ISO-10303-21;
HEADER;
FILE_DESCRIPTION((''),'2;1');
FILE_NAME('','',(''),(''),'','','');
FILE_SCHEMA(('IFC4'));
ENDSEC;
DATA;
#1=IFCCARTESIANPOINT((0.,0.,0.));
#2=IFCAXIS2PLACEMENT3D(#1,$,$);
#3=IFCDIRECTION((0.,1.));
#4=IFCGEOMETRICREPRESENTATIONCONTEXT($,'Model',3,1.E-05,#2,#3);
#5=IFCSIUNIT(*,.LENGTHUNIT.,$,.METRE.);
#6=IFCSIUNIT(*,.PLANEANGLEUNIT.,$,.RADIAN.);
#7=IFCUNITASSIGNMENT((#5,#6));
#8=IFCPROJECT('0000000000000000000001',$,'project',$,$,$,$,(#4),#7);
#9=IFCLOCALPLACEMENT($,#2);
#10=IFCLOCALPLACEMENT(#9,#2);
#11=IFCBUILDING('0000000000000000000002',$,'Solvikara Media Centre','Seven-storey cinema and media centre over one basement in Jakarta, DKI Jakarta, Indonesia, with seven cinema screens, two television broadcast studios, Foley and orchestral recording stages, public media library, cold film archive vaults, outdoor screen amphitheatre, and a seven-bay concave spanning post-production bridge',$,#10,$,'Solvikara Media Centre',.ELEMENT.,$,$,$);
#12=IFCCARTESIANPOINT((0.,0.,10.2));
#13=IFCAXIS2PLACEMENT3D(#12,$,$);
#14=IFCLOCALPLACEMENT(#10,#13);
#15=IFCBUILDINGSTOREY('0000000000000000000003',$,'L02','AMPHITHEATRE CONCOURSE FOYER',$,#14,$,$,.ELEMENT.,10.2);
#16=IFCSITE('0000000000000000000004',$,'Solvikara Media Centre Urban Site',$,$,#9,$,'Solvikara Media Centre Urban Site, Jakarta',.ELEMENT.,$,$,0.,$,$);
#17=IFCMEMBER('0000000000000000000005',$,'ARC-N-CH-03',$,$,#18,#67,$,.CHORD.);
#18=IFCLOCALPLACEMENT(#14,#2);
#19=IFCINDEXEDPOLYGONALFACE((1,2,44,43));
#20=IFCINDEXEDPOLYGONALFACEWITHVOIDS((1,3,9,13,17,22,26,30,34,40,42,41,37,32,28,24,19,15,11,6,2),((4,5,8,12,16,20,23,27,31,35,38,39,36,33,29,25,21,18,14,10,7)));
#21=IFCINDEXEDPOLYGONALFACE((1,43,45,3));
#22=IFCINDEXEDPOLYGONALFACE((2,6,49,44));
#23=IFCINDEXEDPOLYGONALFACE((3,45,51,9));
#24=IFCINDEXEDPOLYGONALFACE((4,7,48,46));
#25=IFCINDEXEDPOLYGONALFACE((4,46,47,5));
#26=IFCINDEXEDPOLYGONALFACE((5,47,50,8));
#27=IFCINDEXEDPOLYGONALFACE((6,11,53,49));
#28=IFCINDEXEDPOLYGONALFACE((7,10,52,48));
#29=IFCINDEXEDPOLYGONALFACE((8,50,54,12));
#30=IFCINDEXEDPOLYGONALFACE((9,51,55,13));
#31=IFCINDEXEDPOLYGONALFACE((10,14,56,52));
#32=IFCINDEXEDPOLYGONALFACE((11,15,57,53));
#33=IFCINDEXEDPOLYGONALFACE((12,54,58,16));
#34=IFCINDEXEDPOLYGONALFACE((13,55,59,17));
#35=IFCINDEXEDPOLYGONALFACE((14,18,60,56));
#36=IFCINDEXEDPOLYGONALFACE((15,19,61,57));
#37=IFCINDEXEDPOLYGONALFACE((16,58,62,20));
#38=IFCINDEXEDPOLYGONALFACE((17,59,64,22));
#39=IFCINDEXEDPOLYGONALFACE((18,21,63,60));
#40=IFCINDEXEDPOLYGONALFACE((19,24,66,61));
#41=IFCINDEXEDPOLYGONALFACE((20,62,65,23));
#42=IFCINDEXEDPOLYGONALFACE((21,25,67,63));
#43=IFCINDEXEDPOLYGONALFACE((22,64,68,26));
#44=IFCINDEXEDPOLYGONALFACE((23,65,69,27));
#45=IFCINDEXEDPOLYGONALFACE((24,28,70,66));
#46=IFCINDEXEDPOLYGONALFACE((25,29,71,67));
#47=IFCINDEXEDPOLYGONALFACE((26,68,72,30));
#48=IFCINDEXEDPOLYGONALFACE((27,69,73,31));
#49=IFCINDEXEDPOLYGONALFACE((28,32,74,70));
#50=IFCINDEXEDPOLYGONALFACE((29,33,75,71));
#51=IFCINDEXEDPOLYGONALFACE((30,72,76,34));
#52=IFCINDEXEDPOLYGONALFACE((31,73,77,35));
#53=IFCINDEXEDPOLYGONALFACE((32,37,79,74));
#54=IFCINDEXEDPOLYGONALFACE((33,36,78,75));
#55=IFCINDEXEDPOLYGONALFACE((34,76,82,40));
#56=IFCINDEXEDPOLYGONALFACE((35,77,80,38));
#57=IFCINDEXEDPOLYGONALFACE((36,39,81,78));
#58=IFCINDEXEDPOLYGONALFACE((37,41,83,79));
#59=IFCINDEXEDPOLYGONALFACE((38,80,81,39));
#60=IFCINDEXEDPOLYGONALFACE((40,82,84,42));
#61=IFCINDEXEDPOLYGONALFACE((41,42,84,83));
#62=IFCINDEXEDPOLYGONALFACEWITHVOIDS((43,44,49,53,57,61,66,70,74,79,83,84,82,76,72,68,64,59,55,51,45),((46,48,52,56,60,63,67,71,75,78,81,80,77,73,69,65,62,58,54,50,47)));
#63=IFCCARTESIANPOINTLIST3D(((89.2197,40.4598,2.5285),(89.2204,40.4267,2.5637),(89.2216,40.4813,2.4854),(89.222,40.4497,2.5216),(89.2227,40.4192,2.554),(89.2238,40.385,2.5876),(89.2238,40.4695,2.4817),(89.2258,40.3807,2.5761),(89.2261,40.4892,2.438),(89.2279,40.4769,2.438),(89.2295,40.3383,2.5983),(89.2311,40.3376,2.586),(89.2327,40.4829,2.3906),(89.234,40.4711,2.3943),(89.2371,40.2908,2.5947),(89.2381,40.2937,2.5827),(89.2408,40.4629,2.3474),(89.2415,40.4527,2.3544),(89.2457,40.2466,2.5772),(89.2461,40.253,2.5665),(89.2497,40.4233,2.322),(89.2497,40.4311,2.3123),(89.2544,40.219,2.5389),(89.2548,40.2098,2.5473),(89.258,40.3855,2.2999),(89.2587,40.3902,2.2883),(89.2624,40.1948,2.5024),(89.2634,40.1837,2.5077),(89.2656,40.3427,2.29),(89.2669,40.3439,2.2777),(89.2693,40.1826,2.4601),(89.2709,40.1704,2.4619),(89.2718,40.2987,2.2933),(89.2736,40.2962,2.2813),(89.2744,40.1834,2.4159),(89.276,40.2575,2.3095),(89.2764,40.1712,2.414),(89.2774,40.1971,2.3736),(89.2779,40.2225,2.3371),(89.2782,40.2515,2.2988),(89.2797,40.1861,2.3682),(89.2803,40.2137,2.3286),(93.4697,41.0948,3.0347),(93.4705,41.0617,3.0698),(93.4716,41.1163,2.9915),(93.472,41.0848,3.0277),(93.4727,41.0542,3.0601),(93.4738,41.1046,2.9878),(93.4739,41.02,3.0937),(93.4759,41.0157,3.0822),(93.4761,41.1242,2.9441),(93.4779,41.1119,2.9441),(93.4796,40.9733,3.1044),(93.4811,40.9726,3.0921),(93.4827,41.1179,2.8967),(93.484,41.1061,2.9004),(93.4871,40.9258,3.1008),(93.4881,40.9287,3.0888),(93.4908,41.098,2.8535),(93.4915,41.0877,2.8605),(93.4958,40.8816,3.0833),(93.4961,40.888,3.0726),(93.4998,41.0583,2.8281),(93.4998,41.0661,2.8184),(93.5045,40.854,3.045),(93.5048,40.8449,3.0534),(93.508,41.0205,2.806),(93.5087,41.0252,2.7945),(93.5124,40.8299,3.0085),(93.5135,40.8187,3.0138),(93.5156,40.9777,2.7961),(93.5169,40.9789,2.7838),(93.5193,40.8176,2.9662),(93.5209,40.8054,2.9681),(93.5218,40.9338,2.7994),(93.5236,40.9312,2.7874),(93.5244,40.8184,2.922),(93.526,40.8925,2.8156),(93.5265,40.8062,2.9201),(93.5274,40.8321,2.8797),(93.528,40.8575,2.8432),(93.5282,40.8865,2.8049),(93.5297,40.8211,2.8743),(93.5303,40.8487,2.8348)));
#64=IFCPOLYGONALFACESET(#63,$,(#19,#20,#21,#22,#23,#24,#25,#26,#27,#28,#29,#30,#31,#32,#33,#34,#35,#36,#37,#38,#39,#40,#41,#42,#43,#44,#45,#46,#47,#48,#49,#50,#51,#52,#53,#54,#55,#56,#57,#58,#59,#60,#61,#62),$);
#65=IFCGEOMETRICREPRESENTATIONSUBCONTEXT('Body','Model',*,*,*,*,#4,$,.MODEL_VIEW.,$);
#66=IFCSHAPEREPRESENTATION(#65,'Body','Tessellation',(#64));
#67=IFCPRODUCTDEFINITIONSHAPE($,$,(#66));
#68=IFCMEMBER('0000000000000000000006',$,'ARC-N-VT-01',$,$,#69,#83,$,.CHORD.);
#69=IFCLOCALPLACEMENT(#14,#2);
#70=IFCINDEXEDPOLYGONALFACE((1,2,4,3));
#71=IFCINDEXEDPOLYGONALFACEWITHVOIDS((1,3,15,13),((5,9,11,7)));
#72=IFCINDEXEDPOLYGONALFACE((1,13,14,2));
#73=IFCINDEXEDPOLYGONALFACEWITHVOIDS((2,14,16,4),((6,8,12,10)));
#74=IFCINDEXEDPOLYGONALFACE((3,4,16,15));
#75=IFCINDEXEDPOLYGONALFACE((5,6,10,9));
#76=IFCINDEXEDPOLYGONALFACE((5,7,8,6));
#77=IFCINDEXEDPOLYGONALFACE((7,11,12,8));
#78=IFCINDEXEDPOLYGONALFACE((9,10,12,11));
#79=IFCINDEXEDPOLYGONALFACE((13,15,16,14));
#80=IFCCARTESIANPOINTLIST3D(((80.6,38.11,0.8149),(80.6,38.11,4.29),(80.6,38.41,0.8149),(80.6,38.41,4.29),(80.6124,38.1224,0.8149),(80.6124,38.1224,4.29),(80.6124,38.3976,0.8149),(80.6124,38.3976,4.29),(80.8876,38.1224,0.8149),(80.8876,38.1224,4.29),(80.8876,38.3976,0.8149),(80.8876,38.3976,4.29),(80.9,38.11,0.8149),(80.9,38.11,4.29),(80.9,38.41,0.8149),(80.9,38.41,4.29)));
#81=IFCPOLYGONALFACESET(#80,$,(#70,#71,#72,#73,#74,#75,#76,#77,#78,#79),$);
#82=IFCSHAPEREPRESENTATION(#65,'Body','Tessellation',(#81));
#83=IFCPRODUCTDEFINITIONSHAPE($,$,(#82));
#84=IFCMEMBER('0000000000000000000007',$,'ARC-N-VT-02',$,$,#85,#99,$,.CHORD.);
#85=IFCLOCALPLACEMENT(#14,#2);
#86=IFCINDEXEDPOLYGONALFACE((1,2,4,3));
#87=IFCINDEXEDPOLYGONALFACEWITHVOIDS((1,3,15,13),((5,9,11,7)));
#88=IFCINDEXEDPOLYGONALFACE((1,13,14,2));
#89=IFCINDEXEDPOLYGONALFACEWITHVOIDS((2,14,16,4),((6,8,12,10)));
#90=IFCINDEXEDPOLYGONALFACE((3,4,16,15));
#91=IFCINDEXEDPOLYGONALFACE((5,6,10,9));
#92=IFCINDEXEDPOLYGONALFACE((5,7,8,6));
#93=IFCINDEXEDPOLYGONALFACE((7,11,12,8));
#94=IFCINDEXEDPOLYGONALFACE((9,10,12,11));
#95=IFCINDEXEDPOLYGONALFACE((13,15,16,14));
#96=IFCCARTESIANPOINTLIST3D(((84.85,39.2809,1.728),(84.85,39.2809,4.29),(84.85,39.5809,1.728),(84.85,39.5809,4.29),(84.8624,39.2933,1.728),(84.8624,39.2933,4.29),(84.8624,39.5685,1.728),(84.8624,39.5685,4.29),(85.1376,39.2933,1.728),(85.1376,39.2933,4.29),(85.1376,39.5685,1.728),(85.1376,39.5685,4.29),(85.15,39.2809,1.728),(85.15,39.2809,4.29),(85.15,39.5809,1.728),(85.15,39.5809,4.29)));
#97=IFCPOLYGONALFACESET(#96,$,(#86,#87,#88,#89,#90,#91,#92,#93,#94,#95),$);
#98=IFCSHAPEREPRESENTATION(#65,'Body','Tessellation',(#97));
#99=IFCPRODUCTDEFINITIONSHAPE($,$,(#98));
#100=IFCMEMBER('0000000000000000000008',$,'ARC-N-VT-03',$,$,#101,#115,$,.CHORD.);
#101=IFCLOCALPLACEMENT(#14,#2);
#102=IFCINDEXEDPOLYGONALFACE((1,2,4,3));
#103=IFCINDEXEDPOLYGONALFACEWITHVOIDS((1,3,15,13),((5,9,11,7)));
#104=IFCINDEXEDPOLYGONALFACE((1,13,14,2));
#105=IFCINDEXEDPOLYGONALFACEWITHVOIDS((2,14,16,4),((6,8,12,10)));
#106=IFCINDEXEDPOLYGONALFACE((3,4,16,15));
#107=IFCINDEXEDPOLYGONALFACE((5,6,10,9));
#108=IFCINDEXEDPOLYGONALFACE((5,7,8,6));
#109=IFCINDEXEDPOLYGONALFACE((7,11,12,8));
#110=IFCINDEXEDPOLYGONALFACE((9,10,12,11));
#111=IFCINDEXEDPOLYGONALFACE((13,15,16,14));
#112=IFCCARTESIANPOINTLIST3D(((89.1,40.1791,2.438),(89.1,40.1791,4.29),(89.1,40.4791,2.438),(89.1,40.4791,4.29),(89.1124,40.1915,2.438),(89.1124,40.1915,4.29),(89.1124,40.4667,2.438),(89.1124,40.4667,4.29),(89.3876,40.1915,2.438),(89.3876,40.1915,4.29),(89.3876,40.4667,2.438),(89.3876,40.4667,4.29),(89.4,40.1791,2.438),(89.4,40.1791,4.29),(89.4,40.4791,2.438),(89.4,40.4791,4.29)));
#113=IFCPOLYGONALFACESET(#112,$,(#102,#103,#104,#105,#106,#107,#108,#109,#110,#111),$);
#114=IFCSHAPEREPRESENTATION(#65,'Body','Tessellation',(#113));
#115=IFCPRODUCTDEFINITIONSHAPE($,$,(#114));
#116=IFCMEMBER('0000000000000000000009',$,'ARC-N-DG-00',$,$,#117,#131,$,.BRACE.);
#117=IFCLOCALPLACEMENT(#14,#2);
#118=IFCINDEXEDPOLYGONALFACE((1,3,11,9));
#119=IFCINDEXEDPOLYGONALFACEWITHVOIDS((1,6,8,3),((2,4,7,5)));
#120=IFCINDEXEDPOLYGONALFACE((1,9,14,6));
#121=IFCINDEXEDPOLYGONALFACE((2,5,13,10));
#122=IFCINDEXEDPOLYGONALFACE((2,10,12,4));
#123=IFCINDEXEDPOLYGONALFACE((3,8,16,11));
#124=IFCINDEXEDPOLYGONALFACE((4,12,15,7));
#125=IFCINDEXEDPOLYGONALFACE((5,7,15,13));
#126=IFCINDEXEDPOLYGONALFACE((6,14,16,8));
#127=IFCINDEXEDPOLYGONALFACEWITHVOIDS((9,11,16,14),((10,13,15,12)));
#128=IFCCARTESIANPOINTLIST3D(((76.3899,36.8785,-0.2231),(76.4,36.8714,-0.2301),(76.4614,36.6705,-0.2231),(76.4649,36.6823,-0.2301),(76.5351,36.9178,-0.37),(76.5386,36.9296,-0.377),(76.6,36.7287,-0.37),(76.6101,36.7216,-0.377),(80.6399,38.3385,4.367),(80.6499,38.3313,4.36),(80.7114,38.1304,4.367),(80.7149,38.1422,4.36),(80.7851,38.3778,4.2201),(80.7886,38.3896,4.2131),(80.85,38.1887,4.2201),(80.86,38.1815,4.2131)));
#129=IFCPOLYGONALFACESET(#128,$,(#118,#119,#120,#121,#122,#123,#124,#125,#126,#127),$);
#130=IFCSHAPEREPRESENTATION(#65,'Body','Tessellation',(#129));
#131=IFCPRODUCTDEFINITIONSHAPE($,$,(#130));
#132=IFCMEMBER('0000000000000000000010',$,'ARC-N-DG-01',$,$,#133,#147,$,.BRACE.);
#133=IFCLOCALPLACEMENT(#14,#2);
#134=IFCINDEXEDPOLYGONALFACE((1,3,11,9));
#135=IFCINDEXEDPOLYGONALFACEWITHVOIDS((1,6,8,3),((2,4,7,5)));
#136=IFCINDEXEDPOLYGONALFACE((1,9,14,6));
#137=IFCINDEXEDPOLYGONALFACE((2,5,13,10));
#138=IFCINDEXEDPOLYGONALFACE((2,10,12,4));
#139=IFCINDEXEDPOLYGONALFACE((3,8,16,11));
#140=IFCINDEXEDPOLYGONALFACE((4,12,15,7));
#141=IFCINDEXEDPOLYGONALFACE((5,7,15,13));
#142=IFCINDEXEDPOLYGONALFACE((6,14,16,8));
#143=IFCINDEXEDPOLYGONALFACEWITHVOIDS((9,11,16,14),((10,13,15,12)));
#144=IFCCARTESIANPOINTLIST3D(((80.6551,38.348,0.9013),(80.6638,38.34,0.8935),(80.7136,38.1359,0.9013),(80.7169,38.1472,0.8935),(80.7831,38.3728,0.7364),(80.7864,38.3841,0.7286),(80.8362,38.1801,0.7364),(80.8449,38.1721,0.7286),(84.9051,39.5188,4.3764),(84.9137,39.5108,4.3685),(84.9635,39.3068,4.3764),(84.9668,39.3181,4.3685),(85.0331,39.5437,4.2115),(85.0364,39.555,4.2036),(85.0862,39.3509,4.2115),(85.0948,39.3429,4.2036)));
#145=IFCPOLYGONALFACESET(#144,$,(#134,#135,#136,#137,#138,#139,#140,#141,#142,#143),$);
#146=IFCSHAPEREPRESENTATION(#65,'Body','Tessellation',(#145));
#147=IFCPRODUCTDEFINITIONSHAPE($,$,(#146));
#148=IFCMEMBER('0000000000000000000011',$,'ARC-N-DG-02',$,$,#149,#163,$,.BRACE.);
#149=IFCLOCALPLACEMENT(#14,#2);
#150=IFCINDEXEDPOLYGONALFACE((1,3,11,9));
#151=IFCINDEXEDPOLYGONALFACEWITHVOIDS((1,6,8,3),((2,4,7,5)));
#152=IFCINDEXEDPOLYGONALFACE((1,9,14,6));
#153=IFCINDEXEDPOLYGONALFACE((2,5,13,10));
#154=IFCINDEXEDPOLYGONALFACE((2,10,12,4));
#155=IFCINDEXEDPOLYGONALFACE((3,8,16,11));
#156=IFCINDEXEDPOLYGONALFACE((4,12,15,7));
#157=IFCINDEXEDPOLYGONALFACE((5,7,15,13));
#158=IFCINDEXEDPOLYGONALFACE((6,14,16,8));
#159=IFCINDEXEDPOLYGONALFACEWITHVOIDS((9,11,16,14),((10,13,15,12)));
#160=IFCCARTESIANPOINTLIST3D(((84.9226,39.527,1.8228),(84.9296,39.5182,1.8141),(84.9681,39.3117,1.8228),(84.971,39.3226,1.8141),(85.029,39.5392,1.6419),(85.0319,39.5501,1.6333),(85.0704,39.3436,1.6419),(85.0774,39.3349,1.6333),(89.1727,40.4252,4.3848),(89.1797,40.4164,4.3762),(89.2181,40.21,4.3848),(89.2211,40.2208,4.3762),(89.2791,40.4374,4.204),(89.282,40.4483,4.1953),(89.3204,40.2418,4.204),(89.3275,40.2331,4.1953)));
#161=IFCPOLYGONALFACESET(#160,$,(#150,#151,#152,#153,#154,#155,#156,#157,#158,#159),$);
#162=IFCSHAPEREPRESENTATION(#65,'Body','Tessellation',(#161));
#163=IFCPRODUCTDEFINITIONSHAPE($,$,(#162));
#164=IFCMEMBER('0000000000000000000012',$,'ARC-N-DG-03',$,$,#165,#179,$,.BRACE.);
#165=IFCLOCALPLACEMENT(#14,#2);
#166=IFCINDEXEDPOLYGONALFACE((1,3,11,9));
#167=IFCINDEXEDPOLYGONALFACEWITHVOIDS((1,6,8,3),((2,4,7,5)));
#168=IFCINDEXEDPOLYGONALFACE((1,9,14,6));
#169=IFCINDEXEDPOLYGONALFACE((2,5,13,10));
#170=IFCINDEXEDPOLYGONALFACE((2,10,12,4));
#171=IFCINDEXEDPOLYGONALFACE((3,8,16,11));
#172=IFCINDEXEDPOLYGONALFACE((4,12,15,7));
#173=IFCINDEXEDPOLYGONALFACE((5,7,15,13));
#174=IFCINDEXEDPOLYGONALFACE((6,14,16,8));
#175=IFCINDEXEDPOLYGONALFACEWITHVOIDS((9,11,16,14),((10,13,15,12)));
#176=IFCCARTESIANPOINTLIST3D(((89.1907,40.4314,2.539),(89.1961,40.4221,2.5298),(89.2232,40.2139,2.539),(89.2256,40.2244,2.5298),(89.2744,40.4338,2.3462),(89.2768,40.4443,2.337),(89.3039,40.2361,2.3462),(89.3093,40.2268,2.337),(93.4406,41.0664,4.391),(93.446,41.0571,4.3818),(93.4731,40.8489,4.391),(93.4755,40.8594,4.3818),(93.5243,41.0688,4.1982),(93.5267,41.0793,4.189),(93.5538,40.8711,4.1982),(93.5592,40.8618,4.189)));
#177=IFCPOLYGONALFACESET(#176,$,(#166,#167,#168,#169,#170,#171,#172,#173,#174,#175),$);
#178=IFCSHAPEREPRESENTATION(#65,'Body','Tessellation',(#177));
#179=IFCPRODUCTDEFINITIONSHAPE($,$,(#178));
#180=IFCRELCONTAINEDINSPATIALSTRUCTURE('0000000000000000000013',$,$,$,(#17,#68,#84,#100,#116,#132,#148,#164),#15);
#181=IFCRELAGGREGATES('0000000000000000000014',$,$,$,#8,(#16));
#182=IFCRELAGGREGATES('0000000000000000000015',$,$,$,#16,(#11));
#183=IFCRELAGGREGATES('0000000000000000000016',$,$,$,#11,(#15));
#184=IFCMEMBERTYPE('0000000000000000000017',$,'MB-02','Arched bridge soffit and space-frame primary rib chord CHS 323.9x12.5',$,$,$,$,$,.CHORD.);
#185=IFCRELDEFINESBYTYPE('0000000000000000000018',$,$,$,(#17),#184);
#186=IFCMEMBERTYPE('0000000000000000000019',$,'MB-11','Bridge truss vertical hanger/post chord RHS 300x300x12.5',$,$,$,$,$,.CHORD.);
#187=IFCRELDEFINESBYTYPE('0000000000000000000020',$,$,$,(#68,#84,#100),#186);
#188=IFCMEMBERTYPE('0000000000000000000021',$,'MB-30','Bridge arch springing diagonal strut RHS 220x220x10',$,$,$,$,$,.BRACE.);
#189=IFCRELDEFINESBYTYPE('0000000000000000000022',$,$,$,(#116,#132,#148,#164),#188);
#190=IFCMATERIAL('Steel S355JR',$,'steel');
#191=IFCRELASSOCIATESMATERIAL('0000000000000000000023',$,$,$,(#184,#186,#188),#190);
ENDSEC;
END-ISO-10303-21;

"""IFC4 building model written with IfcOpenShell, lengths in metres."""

from ifc_helpers import new_model, si_unit, direction, frame, origin, origin_2d, place, context, subcontext, project, spatial, hollow_rectangle, hollow_circle, extrude, material, material_profile, profile_set, type_object, element, save


model = new_model("IFC4")

# Units and contexts
model_context = context("Model", 3, precision=1e-05, world=origin(), true_north=direction((0.0, 1.0)))
body_context = subcontext(model_context, "Body", "Model", "MODEL_VIEW")
ifc_project = project(units=[si_unit("LENGTHUNIT", "METRE"), si_unit("PLANEANGLEUNIT", "RADIAN")], contexts=[model_context])

# Site, building, storey
site_placement = place(None, origin())
site = spatial("IfcSite", under=ifc_project, at=site_placement, Name="Solvikara Media Centre Urban Site", LongName="Solvikara Media Centre Urban Site, Jakarta", CompositionType="ELEMENT", RefElevation=0.0)
building_placement = place(site_placement, origin())
building = spatial("IfcBuilding", under=site, at=building_placement, Name="Solvikara Media Centre", Description="Seven-storey cinema and media centre over one basement in Jakarta, DKI Jakarta, Indonesia, with seven cinema screens, two television broadcast studios, Foley and orchestral recording stages, public media library, cold film archive vaults, outdoor screen amphitheatre, and a seven-bay concave spanning post-production bridge", LongName="Solvikara Media Centre", CompositionType="ELEMENT")
storey_placement = place(building_placement, frame((0.0, 0.0, 10.2)))
storey = spatial("IfcBuildingStorey", under=building, at=storey_placement, Name="L02", Description="AMPHITHEATRE CONCOURSE FOYER", CompositionType="ELEMENT", Elevation=10.2)

# Members
ifc_material_1 = material(Name="Steel S355JR", Category="steel")
ifc_material_profile_1 = material_profile(ifc_material_1, hollow_circle(Radius=0.1619, WallThickness=0.0125, at=origin_2d()), Name="CHS 323.9x12.5")
ifc_profile_set_1 = profile_set([ifc_material_profile_1], Name="Steel S355JR")
member_type_1 = type_object("IfcMemberType", Name="MB-02", Description="Arched bridge soffit and space-frame primary rib chord CHS 323.9x12.5", PredefinedType="CHORD", material=ifc_profile_set_1)
member_1_placement = place(storey_placement, frame((89.25, 40.3291, 2.438), z_axis=(0.982232, 0.146759, 0.116967), x_axis=(-0.147774, 0.989021, 0.0)))
element("IfcMember", 1, at=member_1_placement, inside=storey, type_object=member_type_1, Name="ARC-N-CH-03", PredefinedType="CHORD", context=body_context, shape_type="SweptSolid", body=[
    extrude(hollow_circle(Radius=0.1619, WallThickness=0.0125, at=origin_2d()), origin(), (0.0, 0.0, 1.0), 4.3269),
])
ifc_material_profile_2 = material_profile(ifc_material_1, hollow_rectangle(XDim=0.3, YDim=0.3, WallThickness=0.0125, at=origin_2d()), Name="RHS 300x300x12.5")
ifc_profile_set_2 = profile_set([ifc_material_profile_2], Name="Steel S355JR")
member_type_2 = type_object("IfcMemberType", Name="MB-11", Description="Bridge truss vertical hanger/post chord RHS 300x300x12.5", PredefinedType="CHORD", material=ifc_profile_set_2)
member_2_placement = place(storey_placement, frame((80.75, 38.26, 0.8149), z_axis=(0.0, 0.0, 1.0), x_axis=(1.0, 0.0, 0.0)))
element("IfcMember", 2, at=member_2_placement, inside=storey, type_object=member_type_2, Name="ARC-N-VT-01", PredefinedType="CHORD", context=body_context, shape_type="SweptSolid", body=[
    extrude(hollow_rectangle(XDim=0.3, YDim=0.3, WallThickness=0.0125, at=origin_2d()), origin(), (0.0, 0.0, 1.0), 3.4751),
])
member_3_placement = place(storey_placement, frame((85.0, 39.4309, 1.728), z_axis=(0.0, 0.0, 1.0), x_axis=(1.0, 0.0, 0.0)))
element("IfcMember", 3, at=member_3_placement, inside=storey, type_object=member_type_2, Name="ARC-N-VT-02", PredefinedType="CHORD", context=body_context, shape_type="SweptSolid", body=[
    extrude(hollow_rectangle(XDim=0.3, YDim=0.3, WallThickness=0.0125, at=origin_2d()), origin(), (0.0, 0.0, 1.0), 2.562),
])
member_4_placement = place(storey_placement, frame((89.25, 40.3291, 2.438), z_axis=(0.0, 0.0, 1.0), x_axis=(1.0, 0.0, 0.0)))
element("IfcMember", 4, at=member_4_placement, inside=storey, type_object=member_type_2, Name="ARC-N-VT-03", PredefinedType="CHORD", context=body_context, shape_type="SweptSolid", body=[
    extrude(hollow_rectangle(XDim=0.3, YDim=0.3, WallThickness=0.0125, at=origin_2d()), origin(), (0.0, 0.0, 1.0), 1.8521),
])
ifc_material_profile_3 = material_profile(ifc_material_1, hollow_rectangle(XDim=0.22, YDim=0.22, WallThickness=0.01, at=origin_2d()), Name="RHS 220x220x10")
ifc_profile_set_3 = profile_set([ifc_material_profile_3], Name="Steel S355JR")
member_type_3 = type_object("IfcMemberType", Name="MB-30", Description="Bridge arch springing diagonal strut RHS 220x220x10", PredefinedType="BRACE", material=ifc_profile_set_3)
member_5_placement = place(storey_placement, frame((76.5, 36.8, -0.3), z_axis=(0.661621, 0.22728, 0.714564), x_axis=(-0.324885, 0.945753, 0.0)))
element("IfcMember", 5, at=member_5_placement, inside=storey, type_object=member_type_3, Name="ARC-N-DG-00", PredefinedType="BRACE", context=body_context, shape_type="SweptSolid", body=[
    extrude(hollow_rectangle(XDim=0.22, YDim=0.22, WallThickness=0.01, at=origin_2d()), origin(), (0.0, 0.0, 1.0), 6.4236),
])
member_6_placement = place(storey_placement, frame((80.75, 38.26, 0.8149), z_axis=(0.757122, 0.208591, 0.619076), x_axis=(-0.26561, 0.964081, 0.0)))
element("IfcMember", 6, at=member_6_placement, inside=storey, type_object=member_type_3, Name="ARC-N-DG-01", PredefinedType="BRACE", context=body_context, shape_type="SweptSolid", body=[
    extrude(hollow_rectangle(XDim=0.22, YDim=0.22, WallThickness=0.01, at=origin_2d()), origin(), (0.0, 0.0, 1.0), 5.6133),
])
member_7_placement = place(storey_placement, frame((85.0, 39.4309, 1.728), z_axis=(0.842731, 0.178102, 0.50802), x_axis=(-0.206772, 0.978389, 0.0)))
element("IfcMember", 7, at=member_7_placement, inside=storey, type_object=member_type_3, Name="ARC-N-DG-02", PredefinedType="BRACE", context=body_context, shape_type="SweptSolid", body=[
    extrude(hollow_rectangle(XDim=0.22, YDim=0.22, WallThickness=0.01, at=origin_2d()), origin(), (0.0, 0.0, 1.0), 5.0432),
])
member_8_placement = place(storey_placement, frame((89.25, 40.3291, 2.438), z_axis=(0.908256, 0.135706, 0.395797), x_axis=(-0.147774, 0.989021, 0.0)))
element("IfcMember", 8, at=member_8_placement, inside=storey, type_object=member_type_3, Name="ARC-N-DG-03", PredefinedType="BRACE", context=body_context, shape_type="SweptSolid", body=[
    extrude(hollow_rectangle(XDim=0.22, YDim=0.22, WallThickness=0.01, at=origin_2d()), origin(), (0.0, 0.0, 1.0), 4.6792),
])

save(model, "model.ifc")
